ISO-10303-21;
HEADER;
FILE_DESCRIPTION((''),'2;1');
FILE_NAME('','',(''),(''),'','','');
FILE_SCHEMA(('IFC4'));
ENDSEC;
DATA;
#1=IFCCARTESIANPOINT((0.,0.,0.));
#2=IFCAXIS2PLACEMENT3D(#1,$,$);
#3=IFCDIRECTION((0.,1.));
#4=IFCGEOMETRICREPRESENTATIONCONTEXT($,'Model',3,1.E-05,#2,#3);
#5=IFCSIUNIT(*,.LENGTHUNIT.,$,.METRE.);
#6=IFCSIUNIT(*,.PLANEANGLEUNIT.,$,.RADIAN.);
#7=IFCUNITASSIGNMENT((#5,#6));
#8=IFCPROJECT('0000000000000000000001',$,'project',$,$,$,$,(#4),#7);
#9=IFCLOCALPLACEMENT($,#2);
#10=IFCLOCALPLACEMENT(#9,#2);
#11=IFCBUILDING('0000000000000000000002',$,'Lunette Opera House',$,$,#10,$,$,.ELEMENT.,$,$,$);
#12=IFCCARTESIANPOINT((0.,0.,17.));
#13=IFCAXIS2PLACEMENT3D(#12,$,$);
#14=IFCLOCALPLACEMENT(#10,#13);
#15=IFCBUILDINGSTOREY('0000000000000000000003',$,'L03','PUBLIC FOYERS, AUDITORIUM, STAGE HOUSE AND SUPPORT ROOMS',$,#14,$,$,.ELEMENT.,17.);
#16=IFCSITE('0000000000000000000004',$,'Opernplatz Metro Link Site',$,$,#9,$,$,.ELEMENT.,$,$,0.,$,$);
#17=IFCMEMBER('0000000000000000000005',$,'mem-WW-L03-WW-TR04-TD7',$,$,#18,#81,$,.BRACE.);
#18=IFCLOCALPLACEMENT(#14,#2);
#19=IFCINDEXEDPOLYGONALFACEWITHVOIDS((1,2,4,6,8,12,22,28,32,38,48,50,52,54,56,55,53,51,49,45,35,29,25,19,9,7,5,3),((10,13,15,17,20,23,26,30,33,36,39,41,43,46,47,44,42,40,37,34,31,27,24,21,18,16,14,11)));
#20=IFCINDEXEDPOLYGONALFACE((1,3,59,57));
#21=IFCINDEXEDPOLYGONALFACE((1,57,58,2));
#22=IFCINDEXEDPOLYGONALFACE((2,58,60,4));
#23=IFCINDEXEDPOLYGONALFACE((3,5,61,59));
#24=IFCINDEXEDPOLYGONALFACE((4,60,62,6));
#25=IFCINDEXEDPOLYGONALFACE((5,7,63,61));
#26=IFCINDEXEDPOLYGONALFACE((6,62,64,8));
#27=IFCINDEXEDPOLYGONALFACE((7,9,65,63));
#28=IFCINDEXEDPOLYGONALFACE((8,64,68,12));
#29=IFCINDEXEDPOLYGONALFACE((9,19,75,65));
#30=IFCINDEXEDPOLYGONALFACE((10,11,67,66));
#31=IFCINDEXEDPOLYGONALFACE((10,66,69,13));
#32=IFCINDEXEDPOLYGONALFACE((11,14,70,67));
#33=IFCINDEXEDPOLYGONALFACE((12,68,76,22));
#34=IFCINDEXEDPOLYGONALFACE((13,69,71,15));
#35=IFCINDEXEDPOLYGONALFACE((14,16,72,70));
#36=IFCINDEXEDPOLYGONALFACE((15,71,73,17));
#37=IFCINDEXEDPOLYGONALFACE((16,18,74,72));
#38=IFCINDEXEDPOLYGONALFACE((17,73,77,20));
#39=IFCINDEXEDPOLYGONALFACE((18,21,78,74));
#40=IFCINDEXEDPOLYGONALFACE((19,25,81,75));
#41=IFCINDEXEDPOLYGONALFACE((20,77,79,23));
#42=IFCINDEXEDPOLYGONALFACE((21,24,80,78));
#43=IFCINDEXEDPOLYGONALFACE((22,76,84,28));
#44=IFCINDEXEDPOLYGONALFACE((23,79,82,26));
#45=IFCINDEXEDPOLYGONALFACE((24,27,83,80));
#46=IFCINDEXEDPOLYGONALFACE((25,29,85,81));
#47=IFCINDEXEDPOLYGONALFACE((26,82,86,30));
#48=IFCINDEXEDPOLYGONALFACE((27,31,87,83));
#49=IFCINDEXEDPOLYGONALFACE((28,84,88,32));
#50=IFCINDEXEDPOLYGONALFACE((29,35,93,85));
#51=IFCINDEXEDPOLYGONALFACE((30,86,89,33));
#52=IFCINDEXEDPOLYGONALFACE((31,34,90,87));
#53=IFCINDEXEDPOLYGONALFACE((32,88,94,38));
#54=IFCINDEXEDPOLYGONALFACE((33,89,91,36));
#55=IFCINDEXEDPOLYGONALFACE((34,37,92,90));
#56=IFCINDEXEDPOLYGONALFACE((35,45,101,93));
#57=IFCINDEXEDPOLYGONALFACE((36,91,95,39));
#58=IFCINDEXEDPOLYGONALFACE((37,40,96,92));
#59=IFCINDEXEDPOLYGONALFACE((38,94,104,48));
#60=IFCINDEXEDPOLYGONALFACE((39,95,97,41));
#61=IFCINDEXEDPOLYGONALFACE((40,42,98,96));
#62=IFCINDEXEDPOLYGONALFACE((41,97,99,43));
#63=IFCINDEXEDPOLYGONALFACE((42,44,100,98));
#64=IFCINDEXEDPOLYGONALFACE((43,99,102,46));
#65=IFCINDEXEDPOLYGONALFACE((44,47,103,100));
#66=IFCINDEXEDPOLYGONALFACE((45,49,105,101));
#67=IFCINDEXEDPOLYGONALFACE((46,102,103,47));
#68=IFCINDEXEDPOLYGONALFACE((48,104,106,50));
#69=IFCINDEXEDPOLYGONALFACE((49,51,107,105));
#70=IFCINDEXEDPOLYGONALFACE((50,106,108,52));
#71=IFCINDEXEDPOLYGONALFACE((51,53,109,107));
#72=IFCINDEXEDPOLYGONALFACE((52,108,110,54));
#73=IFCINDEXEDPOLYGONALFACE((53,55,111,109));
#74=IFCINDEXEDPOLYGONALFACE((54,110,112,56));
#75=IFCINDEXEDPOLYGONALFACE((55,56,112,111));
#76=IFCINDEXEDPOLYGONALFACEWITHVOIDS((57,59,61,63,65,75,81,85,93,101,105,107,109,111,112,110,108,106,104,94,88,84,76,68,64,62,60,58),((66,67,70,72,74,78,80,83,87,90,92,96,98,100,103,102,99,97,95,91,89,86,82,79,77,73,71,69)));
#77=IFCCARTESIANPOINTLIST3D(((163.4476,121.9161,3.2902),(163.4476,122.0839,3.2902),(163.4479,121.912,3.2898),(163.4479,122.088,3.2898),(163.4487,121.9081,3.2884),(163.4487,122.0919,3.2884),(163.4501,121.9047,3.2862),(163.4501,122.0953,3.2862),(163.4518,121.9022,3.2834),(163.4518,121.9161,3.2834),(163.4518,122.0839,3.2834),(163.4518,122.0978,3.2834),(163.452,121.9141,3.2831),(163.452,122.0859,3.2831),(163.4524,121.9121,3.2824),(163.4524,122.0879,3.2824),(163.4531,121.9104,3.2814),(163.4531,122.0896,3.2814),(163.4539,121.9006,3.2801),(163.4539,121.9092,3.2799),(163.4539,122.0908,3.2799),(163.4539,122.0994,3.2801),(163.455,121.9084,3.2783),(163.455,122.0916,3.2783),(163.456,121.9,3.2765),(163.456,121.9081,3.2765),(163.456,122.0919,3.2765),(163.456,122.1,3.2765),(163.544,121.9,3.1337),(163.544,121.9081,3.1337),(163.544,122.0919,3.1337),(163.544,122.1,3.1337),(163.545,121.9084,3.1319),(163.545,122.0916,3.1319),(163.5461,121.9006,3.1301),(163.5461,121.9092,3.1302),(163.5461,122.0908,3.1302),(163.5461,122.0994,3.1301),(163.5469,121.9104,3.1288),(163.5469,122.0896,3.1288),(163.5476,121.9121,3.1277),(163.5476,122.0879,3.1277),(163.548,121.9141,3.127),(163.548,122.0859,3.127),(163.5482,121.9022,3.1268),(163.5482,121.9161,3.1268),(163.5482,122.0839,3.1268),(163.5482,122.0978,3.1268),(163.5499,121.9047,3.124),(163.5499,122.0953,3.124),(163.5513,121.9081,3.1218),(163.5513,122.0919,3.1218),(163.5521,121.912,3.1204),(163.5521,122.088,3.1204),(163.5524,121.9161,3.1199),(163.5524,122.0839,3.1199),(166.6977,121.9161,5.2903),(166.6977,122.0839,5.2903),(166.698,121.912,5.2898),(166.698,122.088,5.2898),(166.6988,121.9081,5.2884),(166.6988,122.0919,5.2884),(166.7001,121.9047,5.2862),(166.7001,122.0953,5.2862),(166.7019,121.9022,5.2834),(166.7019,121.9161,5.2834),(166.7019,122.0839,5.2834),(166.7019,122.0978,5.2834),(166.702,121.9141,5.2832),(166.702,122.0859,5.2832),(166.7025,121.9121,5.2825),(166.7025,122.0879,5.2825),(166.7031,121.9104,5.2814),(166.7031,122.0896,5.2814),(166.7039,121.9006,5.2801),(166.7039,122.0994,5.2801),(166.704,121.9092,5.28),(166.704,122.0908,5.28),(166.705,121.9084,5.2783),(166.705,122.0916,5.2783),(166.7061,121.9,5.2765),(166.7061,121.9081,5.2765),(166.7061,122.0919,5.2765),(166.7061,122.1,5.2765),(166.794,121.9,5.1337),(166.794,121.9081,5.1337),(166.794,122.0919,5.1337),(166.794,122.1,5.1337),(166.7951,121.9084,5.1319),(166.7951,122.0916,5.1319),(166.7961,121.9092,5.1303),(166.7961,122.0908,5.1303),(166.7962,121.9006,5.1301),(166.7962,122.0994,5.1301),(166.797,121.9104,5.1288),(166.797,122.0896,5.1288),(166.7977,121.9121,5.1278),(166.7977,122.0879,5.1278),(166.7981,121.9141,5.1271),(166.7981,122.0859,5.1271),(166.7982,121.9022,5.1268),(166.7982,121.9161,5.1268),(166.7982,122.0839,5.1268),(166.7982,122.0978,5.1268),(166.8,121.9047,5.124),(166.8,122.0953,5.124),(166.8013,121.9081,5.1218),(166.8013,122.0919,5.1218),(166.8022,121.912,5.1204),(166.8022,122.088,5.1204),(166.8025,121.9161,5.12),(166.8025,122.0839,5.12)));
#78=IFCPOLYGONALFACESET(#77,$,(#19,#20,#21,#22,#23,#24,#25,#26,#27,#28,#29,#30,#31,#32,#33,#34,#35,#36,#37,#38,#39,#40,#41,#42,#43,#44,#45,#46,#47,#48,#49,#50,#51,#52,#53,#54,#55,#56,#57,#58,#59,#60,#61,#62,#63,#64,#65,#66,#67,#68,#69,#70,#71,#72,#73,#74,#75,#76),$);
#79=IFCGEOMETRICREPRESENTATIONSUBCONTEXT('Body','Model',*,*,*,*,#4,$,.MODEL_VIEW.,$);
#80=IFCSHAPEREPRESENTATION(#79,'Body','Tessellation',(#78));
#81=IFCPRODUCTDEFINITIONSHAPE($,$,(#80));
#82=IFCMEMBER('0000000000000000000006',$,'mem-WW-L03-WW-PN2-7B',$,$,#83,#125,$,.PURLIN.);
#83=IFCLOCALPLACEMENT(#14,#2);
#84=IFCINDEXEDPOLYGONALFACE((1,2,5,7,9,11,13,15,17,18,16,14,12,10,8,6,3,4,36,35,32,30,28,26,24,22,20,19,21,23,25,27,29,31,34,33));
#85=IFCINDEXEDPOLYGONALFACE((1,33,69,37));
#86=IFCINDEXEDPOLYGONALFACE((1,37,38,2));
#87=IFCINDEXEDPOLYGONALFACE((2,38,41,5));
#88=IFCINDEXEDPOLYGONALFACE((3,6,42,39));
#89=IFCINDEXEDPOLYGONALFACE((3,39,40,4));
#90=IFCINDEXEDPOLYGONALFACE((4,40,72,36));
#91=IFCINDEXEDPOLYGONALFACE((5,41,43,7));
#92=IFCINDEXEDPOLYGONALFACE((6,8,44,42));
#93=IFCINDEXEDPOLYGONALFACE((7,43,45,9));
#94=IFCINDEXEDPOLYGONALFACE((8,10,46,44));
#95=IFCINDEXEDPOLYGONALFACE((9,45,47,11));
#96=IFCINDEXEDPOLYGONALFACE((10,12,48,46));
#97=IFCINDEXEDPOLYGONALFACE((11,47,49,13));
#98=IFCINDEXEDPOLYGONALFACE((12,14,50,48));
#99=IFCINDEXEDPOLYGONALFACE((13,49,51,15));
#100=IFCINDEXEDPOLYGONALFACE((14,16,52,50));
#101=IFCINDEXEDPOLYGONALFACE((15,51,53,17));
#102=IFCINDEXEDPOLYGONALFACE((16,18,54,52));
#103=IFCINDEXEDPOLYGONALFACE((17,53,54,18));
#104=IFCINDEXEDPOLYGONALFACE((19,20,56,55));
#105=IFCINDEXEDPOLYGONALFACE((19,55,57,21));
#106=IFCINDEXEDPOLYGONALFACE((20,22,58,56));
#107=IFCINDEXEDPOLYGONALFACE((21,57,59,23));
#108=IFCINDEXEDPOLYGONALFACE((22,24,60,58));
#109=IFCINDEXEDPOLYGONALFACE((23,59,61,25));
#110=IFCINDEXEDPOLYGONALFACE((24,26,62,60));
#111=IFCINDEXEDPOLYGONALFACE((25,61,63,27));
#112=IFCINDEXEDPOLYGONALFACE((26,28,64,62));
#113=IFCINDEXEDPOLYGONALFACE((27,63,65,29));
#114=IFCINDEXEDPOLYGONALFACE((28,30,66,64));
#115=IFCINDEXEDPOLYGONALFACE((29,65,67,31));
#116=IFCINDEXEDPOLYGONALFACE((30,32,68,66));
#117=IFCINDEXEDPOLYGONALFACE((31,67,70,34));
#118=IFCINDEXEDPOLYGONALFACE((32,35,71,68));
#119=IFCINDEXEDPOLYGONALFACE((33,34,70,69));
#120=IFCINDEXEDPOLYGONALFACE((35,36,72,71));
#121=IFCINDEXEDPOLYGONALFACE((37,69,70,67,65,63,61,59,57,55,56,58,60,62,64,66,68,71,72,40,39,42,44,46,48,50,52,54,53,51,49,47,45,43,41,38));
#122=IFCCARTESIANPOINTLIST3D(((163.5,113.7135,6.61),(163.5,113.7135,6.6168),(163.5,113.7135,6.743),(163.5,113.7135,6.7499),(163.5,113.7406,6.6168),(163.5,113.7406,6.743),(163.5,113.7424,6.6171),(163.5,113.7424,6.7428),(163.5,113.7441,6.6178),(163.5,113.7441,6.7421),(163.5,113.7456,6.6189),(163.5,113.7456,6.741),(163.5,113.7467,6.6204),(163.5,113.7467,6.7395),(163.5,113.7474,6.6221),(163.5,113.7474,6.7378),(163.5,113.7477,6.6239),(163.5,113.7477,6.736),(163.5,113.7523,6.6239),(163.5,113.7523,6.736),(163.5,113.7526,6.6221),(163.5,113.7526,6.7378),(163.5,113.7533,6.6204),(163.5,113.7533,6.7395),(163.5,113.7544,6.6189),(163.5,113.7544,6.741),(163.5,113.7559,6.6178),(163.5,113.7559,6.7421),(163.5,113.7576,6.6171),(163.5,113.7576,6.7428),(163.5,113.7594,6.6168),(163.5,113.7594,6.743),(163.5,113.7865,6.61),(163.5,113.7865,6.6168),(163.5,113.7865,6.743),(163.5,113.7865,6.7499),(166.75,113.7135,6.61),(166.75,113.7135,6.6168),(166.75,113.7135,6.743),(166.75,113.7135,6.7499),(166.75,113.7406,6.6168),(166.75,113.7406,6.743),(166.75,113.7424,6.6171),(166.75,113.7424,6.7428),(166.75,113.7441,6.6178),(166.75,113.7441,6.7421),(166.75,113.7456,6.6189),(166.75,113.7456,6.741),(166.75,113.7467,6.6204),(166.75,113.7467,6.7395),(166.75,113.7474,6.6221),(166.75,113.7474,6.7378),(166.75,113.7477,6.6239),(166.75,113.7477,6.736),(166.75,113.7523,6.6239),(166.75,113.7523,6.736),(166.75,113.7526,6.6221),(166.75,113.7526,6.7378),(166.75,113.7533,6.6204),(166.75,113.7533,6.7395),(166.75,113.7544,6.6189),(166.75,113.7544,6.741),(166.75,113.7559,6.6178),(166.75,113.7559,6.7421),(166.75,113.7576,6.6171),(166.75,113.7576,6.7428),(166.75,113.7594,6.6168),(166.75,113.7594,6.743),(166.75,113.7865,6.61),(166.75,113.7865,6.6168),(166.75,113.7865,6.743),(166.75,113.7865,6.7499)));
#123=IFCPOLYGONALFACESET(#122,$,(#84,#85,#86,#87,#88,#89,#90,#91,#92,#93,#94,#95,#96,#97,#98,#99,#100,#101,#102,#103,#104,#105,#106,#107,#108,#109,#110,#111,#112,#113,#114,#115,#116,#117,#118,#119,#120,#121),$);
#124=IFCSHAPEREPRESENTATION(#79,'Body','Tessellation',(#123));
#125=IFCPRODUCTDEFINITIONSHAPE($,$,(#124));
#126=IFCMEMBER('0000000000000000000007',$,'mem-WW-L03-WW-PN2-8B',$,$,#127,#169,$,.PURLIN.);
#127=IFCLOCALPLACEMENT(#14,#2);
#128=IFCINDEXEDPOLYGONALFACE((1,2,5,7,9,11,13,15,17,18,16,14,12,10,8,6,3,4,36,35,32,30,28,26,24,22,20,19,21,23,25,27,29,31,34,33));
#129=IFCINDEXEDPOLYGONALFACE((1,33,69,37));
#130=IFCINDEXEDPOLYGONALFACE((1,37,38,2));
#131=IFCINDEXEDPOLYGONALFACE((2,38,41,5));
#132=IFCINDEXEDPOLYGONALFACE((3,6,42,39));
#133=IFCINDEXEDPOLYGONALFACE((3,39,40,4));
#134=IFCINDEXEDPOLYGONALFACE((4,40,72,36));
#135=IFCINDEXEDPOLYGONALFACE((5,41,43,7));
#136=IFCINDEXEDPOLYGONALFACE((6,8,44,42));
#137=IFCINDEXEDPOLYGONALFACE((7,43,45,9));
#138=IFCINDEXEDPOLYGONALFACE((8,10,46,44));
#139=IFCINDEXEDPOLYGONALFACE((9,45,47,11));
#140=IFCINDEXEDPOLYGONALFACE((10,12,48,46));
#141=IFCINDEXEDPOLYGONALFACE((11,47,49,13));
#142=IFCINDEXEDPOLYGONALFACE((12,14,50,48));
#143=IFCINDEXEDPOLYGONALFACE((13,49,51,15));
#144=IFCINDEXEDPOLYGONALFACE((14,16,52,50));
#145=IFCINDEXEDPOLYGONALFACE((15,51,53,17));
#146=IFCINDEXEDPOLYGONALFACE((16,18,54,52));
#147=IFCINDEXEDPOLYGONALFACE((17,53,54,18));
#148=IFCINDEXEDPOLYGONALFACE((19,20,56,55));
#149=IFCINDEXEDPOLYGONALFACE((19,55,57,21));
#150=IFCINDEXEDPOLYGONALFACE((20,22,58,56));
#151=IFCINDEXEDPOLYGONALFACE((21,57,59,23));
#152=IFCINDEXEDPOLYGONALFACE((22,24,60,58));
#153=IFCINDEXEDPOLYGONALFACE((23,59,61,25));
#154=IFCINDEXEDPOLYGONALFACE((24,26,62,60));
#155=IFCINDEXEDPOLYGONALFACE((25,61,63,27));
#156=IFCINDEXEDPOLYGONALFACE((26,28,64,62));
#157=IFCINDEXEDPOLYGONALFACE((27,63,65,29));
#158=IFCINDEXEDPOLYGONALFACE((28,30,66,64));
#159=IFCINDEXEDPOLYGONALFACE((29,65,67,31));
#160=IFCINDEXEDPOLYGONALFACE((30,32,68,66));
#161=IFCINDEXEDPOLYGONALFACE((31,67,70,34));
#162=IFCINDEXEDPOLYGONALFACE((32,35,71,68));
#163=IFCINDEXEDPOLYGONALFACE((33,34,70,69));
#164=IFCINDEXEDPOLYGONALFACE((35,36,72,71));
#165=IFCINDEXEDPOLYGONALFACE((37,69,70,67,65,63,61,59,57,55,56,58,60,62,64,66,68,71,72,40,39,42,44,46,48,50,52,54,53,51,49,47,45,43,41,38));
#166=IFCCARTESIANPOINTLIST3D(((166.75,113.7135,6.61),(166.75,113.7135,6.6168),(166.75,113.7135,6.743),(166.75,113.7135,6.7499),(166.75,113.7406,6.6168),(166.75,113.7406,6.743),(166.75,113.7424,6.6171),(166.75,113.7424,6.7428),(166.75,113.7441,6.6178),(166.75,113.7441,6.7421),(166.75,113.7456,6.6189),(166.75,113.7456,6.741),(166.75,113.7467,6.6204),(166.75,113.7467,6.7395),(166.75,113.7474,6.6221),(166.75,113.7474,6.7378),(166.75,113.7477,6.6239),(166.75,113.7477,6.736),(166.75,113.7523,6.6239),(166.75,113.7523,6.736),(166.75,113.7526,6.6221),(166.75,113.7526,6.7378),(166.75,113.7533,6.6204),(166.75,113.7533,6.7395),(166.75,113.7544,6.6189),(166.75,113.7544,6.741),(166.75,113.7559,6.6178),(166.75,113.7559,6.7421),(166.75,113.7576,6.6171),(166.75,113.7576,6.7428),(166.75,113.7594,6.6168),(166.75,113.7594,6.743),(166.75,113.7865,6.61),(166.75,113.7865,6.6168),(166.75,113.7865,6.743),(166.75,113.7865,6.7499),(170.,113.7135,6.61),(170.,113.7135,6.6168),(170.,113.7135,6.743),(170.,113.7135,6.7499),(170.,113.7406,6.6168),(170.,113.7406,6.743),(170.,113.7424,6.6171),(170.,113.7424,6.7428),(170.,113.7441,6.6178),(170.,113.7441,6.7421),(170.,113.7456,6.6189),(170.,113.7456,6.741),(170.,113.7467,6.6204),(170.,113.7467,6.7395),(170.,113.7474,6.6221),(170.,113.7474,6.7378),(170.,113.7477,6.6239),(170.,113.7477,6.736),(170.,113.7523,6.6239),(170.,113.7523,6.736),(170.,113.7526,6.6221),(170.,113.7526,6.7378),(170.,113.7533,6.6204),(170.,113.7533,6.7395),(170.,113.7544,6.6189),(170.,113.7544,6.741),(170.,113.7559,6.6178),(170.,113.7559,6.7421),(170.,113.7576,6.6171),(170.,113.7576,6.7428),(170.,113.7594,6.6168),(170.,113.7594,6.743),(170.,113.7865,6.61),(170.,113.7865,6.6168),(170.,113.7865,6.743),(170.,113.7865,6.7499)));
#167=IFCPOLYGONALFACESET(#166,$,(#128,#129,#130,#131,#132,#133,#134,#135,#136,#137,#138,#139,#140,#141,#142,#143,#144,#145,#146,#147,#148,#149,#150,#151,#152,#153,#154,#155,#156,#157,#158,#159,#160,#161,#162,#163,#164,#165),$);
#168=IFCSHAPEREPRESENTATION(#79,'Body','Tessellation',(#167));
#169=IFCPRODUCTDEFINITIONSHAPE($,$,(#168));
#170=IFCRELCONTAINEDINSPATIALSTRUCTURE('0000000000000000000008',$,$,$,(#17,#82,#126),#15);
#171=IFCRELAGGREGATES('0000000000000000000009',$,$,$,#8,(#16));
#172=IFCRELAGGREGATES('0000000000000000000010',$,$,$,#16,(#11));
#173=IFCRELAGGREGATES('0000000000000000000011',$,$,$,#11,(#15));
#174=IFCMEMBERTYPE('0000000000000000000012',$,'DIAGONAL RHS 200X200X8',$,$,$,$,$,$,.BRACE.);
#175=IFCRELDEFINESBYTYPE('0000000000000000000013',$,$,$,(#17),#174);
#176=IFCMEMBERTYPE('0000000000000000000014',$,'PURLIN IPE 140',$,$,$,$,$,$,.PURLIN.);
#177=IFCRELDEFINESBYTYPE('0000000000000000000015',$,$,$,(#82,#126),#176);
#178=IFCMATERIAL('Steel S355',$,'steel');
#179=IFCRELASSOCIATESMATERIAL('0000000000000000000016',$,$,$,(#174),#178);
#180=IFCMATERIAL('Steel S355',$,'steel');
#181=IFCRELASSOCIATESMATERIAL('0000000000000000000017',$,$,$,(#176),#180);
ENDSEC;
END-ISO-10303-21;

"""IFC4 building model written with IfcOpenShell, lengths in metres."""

from ifc_helpers import new_model, si_unit, direction, frame, origin, origin_2d, place, context, subcontext, project, spatial, hollow_rectangle, i_section, extrude, material, material_profile, profile_set, type_object, element, save


model = new_model("IFC4")

# Units and contexts
model_context = context("Model", 3, precision=1e-05, world=origin(), true_north=direction((0.0, 1.0)))
body_context = subcontext(model_context, "Body", "Model", "MODEL_VIEW")
ifc_project = project(units=[si_unit("LENGTHUNIT", "METRE"), si_unit("PLANEANGLEUNIT", "RADIAN")], contexts=[model_context])

# Site, building, storey
site_placement = place(None, origin())
site = spatial("IfcSite", under=ifc_project, at=site_placement, Name="Opernplatz Metro Link Site", CompositionType="ELEMENT", RefElevation=0.0)
building_placement = place(site_placement, origin())
building = spatial("IfcBuilding", under=site, at=building_placement, Name="Lunette Opera House", CompositionType="ELEMENT")
storey_placement = place(building_placement, frame((0.0, 0.0, 17.0)))
storey = spatial("IfcBuildingStorey", under=building, at=storey_placement, Name="L03", Description="PUBLIC FOYERS, AUDITORIUM, STAGE HOUSE AND SUPPORT ROOMS", CompositionType="ELEMENT", Elevation=17.0)

# Members
ifc_material_1 = material(Name="Steel S355", Category="steel")
ifc_material_profile_1 = material_profile(ifc_material_1, hollow_rectangle(XDim=0.2, YDim=0.2, WallThickness=0.0081, InnerFilletRadius=0.0081, OuterFilletRadius=0.0161, at=origin_2d()), Name="RHS 200X200X8")
ifc_profile_set_1 = profile_set([ifc_material_profile_1], Name="Steel S355")
member_type_1 = type_object("IfcMemberType", Name="DIAGONAL RHS 200X200X8", PredefinedType="BRACE", material=ifc_profile_set_1)
for number, where, z_axis, x_axis, name in (
    (1, (163.5, 122.0, 3.2051), (0.851658, 0.0, 0.524097), (0.0, 1.0, 0.0), "mem-WW-L03-WW-TR04-TD7"),
):
    element("IfcMember", number, at=place(storey_placement, frame(where, z_axis=z_axis, x_axis=x_axis)), inside=storey, type_object=member_type_1, Name=name, PredefinedType="BRACE", context=body_context, shape_type="SweptSolid", body=[
        extrude(hollow_rectangle(XDim=0.2, YDim=0.2, WallThickness=0.0081, InnerFilletRadius=0.0081, OuterFilletRadius=0.0161, at=origin_2d()), origin(), (0.0, 0.0, 1.0), 3.8162),
    ])
ifc_material_2 = material(Name="Steel S355", Category="steel")
ifc_material_profile_2 = material_profile(ifc_material_2, i_section(OverallWidth=0.073, OverallDepth=0.1399, WebThickness=0.0046, FlangeThickness=0.0068, FilletRadius=0.0071, at=origin_2d()), Name="IPE 140")
ifc_profile_set_2 = profile_set([ifc_material_profile_2], Name="Steel S355")
member_type_2 = type_object("IfcMemberType", Name="PURLIN IPE 140", PredefinedType="PURLIN", material=ifc_profile_set_2)
for number, where, z_axis, x_axis, name in (
    (2, (163.5, 113.75, 6.6799), (1.0, 0.0, 0.0), (0.0, 1.0, 0.0), "mem-WW-L03-WW-PN2-7B"),
    (3, (166.75, 113.75, 6.6799), (1.0, 0.0, 0.0), (0.0, 1.0, 0.0), "mem-WW-L03-WW-PN2-8B"),
):
    element("IfcMember", number, at=place(storey_placement, frame(where, z_axis=z_axis, x_axis=x_axis)), inside=storey, type_object=member_type_2, Name=name, PredefinedType="PURLIN", context=body_context, shape_type="SweptSolid", body=[
        extrude(i_section(OverallWidth=0.073, OverallDepth=0.1399, WebThickness=0.0046, FlangeThickness=0.0068, FilletRadius=0.0071, at=origin_2d()), origin(), (0.0, 0.0, 1.0), 3.25),
    ])

save(model, "model.ifc")
